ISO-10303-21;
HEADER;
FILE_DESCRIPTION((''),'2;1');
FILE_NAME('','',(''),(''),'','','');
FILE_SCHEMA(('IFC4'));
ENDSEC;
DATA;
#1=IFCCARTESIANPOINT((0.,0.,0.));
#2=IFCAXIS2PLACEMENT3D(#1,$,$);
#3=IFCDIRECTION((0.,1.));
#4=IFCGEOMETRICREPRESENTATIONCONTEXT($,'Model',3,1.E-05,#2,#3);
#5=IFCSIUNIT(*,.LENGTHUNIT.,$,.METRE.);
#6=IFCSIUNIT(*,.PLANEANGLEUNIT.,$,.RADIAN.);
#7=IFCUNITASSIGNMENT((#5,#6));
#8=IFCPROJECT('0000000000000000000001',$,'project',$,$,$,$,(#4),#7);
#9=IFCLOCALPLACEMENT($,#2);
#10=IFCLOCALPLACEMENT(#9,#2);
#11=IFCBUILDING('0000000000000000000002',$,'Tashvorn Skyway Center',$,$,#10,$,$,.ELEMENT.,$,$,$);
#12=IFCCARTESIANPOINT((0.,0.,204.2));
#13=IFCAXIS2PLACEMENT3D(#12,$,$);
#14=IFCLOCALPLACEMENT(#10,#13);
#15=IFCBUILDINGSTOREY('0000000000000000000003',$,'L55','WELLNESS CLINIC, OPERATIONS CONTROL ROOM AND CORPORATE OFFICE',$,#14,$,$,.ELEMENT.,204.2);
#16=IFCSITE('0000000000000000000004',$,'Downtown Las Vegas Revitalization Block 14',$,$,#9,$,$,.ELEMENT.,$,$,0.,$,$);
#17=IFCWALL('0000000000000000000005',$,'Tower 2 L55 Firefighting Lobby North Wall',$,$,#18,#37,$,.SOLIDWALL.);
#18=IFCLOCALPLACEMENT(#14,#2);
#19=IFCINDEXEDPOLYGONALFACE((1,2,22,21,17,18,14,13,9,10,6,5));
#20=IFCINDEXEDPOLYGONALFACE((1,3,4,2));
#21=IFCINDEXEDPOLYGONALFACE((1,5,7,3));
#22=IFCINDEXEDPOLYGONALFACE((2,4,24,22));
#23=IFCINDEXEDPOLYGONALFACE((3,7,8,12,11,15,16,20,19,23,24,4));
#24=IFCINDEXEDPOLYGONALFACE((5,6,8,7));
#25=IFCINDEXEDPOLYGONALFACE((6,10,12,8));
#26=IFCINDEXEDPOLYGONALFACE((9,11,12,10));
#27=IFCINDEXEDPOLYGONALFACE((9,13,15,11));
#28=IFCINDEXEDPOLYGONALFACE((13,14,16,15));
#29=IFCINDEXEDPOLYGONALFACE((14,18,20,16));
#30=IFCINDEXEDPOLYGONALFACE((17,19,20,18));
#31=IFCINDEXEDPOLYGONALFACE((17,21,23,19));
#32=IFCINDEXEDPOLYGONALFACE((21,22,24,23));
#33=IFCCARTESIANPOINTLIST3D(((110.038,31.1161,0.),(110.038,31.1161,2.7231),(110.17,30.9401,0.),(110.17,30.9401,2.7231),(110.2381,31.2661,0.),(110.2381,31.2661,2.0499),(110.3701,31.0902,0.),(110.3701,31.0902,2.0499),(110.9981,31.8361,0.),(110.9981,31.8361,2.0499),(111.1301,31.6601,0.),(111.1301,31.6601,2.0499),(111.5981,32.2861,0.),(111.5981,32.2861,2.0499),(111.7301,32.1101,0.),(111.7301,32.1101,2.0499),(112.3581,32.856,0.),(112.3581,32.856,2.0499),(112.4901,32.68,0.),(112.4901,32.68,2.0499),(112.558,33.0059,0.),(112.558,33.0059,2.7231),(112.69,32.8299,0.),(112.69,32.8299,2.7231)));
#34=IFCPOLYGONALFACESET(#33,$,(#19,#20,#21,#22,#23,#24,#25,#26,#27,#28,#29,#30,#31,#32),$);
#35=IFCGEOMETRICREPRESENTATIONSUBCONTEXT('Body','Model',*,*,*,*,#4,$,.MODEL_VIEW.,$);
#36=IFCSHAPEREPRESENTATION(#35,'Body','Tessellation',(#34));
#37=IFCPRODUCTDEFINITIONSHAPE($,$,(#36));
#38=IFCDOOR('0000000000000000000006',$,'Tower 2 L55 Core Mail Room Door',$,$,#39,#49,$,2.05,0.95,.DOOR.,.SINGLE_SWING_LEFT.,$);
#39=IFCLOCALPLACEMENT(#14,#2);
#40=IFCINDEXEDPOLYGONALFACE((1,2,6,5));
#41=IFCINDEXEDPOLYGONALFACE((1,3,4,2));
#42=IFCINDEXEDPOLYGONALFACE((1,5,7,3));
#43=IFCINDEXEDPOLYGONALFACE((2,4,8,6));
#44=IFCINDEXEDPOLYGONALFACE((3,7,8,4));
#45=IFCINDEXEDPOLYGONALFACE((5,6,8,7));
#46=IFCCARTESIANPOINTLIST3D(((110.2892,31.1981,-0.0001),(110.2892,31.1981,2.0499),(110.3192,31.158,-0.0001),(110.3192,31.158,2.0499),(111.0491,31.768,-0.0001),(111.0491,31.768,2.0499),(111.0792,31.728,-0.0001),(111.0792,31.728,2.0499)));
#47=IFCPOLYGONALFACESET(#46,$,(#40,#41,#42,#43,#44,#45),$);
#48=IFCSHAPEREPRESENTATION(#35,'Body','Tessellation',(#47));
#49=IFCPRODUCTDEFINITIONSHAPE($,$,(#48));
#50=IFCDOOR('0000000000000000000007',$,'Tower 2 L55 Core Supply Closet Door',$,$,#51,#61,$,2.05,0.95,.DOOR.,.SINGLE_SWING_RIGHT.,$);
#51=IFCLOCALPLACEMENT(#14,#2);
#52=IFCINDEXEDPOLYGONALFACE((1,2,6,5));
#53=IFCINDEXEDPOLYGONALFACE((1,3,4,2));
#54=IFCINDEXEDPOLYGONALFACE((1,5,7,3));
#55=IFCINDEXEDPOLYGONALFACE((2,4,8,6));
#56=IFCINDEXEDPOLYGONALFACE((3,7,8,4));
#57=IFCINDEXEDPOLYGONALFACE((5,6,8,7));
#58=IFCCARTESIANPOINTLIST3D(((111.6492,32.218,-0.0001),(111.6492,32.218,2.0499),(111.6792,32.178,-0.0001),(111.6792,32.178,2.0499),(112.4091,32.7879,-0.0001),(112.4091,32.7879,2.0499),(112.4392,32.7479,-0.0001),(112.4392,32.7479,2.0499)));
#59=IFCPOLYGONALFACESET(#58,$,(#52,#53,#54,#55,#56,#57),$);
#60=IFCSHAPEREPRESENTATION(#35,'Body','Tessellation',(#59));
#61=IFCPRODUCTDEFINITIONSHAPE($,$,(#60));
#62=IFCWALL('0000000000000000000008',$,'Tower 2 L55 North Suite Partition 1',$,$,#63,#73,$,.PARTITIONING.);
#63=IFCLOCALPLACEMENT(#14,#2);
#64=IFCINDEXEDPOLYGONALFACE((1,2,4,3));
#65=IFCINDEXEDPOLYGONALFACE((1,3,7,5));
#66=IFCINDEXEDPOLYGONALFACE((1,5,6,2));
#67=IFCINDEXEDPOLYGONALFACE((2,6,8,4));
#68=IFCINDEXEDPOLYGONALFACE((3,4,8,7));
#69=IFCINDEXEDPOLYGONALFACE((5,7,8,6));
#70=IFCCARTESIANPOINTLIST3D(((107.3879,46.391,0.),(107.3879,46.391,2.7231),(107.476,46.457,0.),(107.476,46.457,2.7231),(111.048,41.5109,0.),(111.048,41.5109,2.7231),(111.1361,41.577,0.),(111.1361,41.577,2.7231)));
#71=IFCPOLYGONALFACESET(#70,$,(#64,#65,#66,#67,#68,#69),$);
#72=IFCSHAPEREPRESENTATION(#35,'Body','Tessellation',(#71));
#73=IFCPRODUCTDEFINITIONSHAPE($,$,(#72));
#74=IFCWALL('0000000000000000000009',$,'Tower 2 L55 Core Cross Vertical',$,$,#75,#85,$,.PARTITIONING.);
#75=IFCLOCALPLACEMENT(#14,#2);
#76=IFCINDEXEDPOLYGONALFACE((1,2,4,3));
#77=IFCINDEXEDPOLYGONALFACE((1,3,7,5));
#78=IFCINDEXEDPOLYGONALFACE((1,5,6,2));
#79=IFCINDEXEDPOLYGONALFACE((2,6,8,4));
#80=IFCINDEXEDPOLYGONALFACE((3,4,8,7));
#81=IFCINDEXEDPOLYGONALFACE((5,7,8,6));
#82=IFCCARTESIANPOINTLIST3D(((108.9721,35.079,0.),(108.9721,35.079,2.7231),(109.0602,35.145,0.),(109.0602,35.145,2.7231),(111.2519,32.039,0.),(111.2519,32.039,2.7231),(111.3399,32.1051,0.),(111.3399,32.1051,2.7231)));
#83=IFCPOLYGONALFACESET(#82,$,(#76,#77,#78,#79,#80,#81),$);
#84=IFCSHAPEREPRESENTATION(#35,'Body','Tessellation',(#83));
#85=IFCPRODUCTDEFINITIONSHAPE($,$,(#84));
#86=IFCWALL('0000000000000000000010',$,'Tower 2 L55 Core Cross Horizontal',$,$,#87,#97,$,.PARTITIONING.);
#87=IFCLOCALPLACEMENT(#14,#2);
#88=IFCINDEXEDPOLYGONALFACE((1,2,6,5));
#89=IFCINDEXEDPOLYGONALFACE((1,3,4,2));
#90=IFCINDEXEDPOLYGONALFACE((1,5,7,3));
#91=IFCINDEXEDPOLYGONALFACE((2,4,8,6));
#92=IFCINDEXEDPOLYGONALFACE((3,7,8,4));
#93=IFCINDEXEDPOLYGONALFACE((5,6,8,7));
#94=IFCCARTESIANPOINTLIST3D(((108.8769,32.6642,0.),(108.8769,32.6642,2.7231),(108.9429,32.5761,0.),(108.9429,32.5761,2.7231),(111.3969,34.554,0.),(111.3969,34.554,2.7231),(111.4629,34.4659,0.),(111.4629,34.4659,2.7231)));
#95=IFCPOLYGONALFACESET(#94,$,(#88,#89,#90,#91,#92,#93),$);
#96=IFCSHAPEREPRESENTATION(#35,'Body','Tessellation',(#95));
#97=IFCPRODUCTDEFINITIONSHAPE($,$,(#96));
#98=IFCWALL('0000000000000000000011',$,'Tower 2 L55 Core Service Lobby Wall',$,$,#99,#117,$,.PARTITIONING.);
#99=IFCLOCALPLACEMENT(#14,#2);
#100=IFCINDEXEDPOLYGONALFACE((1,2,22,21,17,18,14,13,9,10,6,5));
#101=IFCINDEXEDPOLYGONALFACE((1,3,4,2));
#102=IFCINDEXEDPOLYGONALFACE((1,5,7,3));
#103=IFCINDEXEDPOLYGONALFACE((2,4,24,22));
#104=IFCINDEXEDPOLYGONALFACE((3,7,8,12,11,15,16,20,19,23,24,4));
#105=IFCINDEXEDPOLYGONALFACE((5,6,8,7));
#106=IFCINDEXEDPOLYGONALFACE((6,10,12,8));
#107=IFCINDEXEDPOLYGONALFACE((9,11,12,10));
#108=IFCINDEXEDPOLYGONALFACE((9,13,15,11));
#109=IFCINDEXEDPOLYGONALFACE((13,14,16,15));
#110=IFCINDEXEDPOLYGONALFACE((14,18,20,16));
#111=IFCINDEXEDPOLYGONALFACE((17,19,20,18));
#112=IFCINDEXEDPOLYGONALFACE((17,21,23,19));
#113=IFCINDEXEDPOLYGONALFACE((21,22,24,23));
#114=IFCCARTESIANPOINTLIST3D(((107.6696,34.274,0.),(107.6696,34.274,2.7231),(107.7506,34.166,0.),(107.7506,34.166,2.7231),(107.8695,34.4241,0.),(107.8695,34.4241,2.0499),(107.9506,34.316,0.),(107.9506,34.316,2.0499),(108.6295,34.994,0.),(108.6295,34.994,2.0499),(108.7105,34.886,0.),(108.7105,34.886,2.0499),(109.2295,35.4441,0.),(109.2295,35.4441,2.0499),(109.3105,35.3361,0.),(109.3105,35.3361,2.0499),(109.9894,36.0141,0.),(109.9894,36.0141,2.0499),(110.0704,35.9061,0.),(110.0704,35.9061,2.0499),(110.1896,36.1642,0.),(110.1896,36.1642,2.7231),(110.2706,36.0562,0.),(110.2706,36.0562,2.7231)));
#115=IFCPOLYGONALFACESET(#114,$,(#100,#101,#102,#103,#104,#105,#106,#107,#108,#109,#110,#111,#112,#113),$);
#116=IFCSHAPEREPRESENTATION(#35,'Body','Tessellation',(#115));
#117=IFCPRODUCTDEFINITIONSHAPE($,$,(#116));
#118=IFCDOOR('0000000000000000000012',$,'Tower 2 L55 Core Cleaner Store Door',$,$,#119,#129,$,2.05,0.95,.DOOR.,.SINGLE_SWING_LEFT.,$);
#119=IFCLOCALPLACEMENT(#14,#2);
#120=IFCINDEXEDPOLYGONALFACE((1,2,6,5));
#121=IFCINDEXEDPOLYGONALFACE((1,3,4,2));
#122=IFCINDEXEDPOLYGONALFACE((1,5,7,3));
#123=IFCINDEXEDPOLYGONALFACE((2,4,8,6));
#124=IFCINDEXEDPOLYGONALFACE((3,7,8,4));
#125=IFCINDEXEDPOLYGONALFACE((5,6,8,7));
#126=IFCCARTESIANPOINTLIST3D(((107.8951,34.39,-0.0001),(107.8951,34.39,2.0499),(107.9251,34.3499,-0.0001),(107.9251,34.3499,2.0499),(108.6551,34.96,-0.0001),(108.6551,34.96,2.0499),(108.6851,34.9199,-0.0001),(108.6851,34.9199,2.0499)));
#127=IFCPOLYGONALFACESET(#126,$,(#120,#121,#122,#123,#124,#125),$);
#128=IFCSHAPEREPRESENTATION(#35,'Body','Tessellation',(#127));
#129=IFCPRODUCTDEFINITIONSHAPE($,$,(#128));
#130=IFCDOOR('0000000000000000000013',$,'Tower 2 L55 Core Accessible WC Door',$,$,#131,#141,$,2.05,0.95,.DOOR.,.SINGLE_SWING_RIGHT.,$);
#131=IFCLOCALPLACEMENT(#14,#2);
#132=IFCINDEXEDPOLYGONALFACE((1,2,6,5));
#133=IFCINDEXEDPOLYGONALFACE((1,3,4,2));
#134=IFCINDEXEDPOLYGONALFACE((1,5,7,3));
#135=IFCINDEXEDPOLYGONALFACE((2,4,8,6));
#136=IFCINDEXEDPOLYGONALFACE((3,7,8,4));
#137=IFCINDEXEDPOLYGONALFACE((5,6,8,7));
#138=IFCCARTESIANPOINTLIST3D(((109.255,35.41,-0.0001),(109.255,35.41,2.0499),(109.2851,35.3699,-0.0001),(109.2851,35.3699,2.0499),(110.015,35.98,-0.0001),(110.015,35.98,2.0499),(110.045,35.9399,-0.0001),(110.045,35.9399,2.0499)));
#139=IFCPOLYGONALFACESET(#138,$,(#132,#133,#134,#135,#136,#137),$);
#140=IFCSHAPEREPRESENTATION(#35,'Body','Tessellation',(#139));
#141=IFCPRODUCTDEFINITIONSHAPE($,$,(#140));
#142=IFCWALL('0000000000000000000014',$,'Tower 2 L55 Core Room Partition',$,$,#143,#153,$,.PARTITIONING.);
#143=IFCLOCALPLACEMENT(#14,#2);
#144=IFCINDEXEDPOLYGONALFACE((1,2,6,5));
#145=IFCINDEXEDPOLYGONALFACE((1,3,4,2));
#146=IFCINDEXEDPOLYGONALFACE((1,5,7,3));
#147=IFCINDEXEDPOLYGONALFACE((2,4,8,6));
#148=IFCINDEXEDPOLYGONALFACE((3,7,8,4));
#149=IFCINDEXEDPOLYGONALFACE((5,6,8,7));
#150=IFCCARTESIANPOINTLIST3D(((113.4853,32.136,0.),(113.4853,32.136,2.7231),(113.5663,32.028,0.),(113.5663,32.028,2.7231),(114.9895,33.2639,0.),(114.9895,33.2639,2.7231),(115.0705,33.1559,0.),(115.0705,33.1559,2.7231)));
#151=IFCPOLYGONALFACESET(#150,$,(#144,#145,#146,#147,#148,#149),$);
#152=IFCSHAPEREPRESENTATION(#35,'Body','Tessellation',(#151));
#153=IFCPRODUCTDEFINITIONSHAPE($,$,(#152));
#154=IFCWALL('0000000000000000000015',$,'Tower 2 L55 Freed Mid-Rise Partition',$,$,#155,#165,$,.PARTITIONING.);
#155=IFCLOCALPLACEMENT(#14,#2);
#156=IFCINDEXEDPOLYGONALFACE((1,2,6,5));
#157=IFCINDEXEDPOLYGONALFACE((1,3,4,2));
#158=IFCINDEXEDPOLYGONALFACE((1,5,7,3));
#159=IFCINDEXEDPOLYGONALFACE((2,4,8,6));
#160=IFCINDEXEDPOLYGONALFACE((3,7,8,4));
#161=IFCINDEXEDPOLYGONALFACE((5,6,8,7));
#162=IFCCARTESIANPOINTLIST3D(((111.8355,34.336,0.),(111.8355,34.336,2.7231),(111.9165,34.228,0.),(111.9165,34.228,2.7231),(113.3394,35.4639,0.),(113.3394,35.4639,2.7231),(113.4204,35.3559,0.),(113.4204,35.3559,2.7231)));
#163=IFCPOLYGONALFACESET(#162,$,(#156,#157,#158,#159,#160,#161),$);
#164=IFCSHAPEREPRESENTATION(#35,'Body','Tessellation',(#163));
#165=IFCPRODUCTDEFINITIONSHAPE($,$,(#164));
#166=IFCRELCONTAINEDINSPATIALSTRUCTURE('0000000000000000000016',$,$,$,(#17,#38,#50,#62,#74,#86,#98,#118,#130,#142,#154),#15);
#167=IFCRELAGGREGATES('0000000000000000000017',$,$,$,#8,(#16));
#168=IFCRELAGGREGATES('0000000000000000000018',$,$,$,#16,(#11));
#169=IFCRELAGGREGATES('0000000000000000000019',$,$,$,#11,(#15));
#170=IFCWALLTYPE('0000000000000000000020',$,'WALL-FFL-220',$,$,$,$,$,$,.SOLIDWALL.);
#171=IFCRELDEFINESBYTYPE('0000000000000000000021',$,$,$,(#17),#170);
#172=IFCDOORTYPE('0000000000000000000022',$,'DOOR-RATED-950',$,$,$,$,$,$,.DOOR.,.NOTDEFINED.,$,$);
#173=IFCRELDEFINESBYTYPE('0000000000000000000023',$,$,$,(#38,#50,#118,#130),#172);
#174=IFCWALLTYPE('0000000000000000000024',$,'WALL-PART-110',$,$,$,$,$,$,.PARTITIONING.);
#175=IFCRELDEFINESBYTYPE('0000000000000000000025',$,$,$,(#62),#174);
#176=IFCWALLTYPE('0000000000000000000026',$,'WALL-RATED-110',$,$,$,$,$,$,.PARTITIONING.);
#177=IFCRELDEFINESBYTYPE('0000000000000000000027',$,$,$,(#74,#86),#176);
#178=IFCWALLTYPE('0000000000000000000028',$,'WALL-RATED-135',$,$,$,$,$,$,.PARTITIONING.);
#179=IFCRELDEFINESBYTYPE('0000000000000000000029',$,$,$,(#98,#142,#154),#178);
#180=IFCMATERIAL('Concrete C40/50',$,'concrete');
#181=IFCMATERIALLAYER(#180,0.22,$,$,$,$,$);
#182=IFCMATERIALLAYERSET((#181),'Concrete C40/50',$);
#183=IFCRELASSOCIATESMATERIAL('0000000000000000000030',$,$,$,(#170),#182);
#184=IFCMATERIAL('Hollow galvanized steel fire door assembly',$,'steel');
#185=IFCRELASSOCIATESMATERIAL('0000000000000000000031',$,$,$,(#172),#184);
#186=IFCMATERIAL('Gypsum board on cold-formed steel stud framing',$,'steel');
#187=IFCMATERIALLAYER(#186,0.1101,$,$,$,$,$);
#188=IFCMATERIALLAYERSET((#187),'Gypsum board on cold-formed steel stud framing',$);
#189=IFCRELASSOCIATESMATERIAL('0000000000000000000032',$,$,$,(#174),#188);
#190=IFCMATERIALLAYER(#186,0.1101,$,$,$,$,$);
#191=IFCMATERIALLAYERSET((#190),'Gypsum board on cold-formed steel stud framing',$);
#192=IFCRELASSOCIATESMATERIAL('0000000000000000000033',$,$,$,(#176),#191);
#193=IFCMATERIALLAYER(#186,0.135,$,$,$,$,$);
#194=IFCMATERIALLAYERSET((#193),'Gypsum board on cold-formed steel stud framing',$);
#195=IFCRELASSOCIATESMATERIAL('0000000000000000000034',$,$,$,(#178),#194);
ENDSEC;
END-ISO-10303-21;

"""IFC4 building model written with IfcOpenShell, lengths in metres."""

from ifc_helpers import new_model, si_unit, direction, frame, frame_2d, origin, place, context, subcontext, project, spatial, rectangle, extrude, material, layer, layer_set, type_object, element, fill, save


model = new_model("IFC4")

# Units and contexts
model_context = context("Model", 3, precision=1e-05, world=origin(), true_north=direction((0.0, 1.0)))
body_context = subcontext(model_context, "Body", "Model", "MODEL_VIEW")
ifc_project = project(units=[si_unit("LENGTHUNIT", "METRE"), si_unit("PLANEANGLEUNIT", "RADIAN")], contexts=[model_context])

# Site, building, storey
site_placement = place(None, origin())
site = spatial("IfcSite", under=ifc_project, at=site_placement, Name="Downtown Las Vegas Revitalization Block 14", CompositionType="ELEMENT", RefElevation=0.0)
building_placement = place(site_placement, origin())
building = spatial("IfcBuilding", under=site, at=building_placement, Name="Tashvorn Skyway Center", CompositionType="ELEMENT")
storey_placement = place(building_placement, frame((0.0, 0.0, 204.2)))
storey = spatial("IfcBuildingStorey", under=building, at=storey_placement, Name="L55", Description="WELLNESS CLINIC, OPERATIONS CONTROL ROOM AND CORPORATE OFFICE", CompositionType="ELEMENT", Elevation=204.2)

# Wall, openings, doors
ifc_material_1 = material(Name="Concrete C40/50", Category="concrete")
ifc_layer_1 = layer(ifc_material_1, 0.22)
ifc_layer_set_1 = layer_set([ifc_layer_1], Name="Concrete C40/50")
wall_type_1 = type_object("IfcWallType", Name="WALL-FFL-220", PredefinedType="SOLIDWALL", material=ifc_layer_set_1)
wall_1_placement = place(storey_placement, frame((110.104, 31.0281, 0.0), z_axis=(0.0, 0.0, 1.0), x_axis=(0.800019, 0.599975, 0.0)))
wall_1 = element("IfcWall", 1, at=wall_1_placement, inside=storey, type_object=wall_type_1, Name="Tower 2 L55 Firefighting Lobby North Wall", PredefinedType="SOLIDWALL", context=body_context, shape_type="SweptSolid", body=[
    extrude(rectangle(XDim=3.1499, YDim=0.22, at=frame_2d((1.575, 0.0))), origin(), (0.0, 0.0, 1.0), 2.7231),
])
opening_1_placement = place(wall_1_placement, frame((0.25, 0.0, 0.0)))
opening_1 = element("IfcOpeningElement", 2, at=opening_1_placement, cuts=wall_1, PredefinedType="OPENING", context=body_context, shape_type="SweptSolid", body=[
    extrude(rectangle(XDim=0.95, YDim=2.05, at=frame_2d((0.4751, 1.0249))), frame((0.0, 0.1199, 0.0), z_axis=(0.0, -1.0, 0.0), x_axis=(1.0, 0.0, 0.0)), (0.0, 0.0, 1.0), 0.24),
])
opening_2_placement = place(wall_1_placement, frame((1.95, 0.0, 0.0)))
opening_2 = element("IfcOpeningElement", 3, at=opening_2_placement, cuts=wall_1, PredefinedType="OPENING", context=body_context, shape_type="SweptSolid", body=[
    extrude(rectangle(XDim=0.95, YDim=2.05, at=frame_2d((0.4751, 1.0249))), frame((0.0, 0.1199, 0.0), z_axis=(0.0, -1.0, 0.0), x_axis=(1.0, 0.0, 0.0)), (0.0, 0.0, 1.0), 0.24),
])
ifc_material_2 = material(Name="Hollow galvanized steel fire door assembly", Category="steel")
door_type_1 = type_object("IfcDoorType", Name="DOOR-RATED-950", OperationType="NOTDEFINED", PredefinedType="DOOR", material=ifc_material_2)
door_1_placement = place(opening_1_placement, origin())
door_1 = element("IfcDoor", 4, at=door_1_placement, inside=storey, type_object=door_type_1, Name="Tower 2 L55 Core Mail Room Door", OperationType="SINGLE_SWING_LEFT", OverallHeight=2.05, OverallWidth=0.95, PredefinedType="DOOR", context=body_context, shape_type="SweptSolid", body=[
    extrude(rectangle(XDim=0.95, YDim=2.05, at=frame_2d((0.4751, 1.0249))), frame((0.0, 0.0249, 0.0), z_axis=(0.0, -1.0, 0.0), x_axis=(1.0, 0.0, 0.0)), (0.0, 0.0, 1.0), 0.05),
])
fill(opening_1, door_1)
door_2_placement = place(opening_2_placement, origin())
door_2 = element("IfcDoor", 5, at=door_2_placement, inside=storey, type_object=door_type_1, Name="Tower 2 L55 Core Supply Closet Door", OperationType="SINGLE_SWING_RIGHT", OverallHeight=2.05, OverallWidth=0.95, PredefinedType="DOOR", context=body_context, shape_type="SweptSolid", body=[
    extrude(rectangle(XDim=0.95, YDim=2.05, at=frame_2d((0.4751, 1.0249))), frame((0.0, 0.0249, 0.0), z_axis=(0.0, -1.0, 0.0), x_axis=(1.0, 0.0, 0.0)), (0.0, 0.0, 1.0), 0.05),
])
fill(opening_2, door_2)

# Walls
ifc_material_3 = material(Name="Gypsum board on cold-formed steel stud framing", Category="steel")
ifc_layer_2 = layer(ifc_material_3, 0.1101)
ifc_layer_set_2 = layer_set([ifc_layer_2], Name="Gypsum board on cold-formed steel stud framing")
wall_type_2 = type_object("IfcWallType", Name="WALL-PART-110", PredefinedType="PARTITIONING", material=ifc_layer_set_2)
wall_2_placement = place(storey_placement, frame((111.092, 41.5439, 0.0), z_axis=(0.0, 0.0, 1.0), x_axis=(-0.600006, 0.799995, 0.0)))
element("IfcWall", 6, at=wall_2_placement, inside=storey, type_object=wall_type_2, Name="Tower 2 L55 North Suite Partition 1", PredefinedType="PARTITIONING", context=body_context, shape_type="SweptSolid", body=[
    extrude(rectangle(XDim=6.1001, YDim=0.1101, at=frame_2d((3.05, 0.0))), origin(), (0.0, 0.0, 1.0), 2.7231),
])
ifc_layer_3 = layer(ifc_material_3, 0.1101)
ifc_layer_set_3 = layer_set([ifc_layer_3], Name="Gypsum board on cold-formed steel stud framing")
wall_type_3 = type_object("IfcWallType", Name="WALL-RATED-110", PredefinedType="PARTITIONING", material=ifc_layer_set_3)
wall_3_placement = place(storey_placement, frame((111.2959, 32.072, 0.0), z_axis=(0.0, 0.0, 1.0), x_axis=(-0.599959, 0.800031, 0.0)))
element("IfcWall", 7, at=wall_3_placement, inside=storey, type_object=wall_type_3, Name="Tower 2 L55 Core Cross Vertical", PredefinedType="PARTITIONING", context=body_context, shape_type="SweptSolid", body=[
    extrude(rectangle(XDim=3.7998, YDim=0.1101, at=frame_2d((1.8999, 0.0))), origin(), (0.0, 0.0, 1.0), 2.7231),
])
wall_4_placement = place(storey_placement, frame((108.9099, 32.6201, 0.0), z_axis=(0.0, 0.0, 1.0), x_axis=(0.800019, 0.599975, 0.0)))
element("IfcWall", 8, at=wall_4_placement, inside=storey, type_object=wall_type_3, Name="Tower 2 L55 Core Cross Horizontal", PredefinedType="PARTITIONING", context=body_context, shape_type="SweptSolid", body=[
    extrude(rectangle(XDim=3.1499, YDim=0.1101, at=frame_2d((1.575, 0.0))), origin(), (0.0, 0.0, 1.0), 2.7231),
])

# Wall, openings, doors
ifc_layer_4 = layer(ifc_material_3, 0.135)
ifc_layer_set_4 = layer_set([ifc_layer_4], Name="Gypsum board on cold-formed steel stud framing")
wall_type_4 = type_object("IfcWallType", Name="WALL-RATED-135", PredefinedType="PARTITIONING", material=ifc_layer_set_4)
wall_5_placement = place(storey_placement, frame((107.71, 34.22, 0.0), z_axis=(0.0, 0.0, 1.0), x_axis=(0.799981, 0.600025, 0.0)))
wall_5 = element("IfcWall", 9, at=wall_5_placement, inside=storey, type_object=wall_type_4, Name="Tower 2 L55 Core Service Lobby Wall", PredefinedType="PARTITIONING", context=body_context, shape_type="SweptSolid", body=[
    extrude(rectangle(XDim=3.1501, YDim=0.135, at=frame_2d((1.5752, 0.0))), origin(), (0.0, 0.0, 1.0), 2.7231),
])
opening_3_placement = place(wall_5_placement, frame((0.25, 0.0, 0.0)))
opening_3 = element("IfcOpeningElement", 10, at=opening_3_placement, cuts=wall_5, PredefinedType="OPENING", context=body_context, shape_type="SweptSolid", body=[
    extrude(rectangle(XDim=0.95, YDim=2.05, at=frame_2d((0.4751, 1.0249))), frame((0.0, 0.0774, 0.0), z_axis=(0.0, -1.0, 0.0), x_axis=(1.0, 0.0, 0.0)), (0.0, 0.0, 1.0), 0.155),
])
opening_4_placement = place(wall_5_placement, frame((1.95, 0.0, 0.0)))
opening_4 = element("IfcOpeningElement", 11, at=opening_4_placement, cuts=wall_5, PredefinedType="OPENING", context=body_context, shape_type="SweptSolid", body=[
    extrude(rectangle(XDim=0.95, YDim=2.05, at=frame_2d((0.4751, 1.0249))), frame((0.0, 0.0774, 0.0), z_axis=(0.0, -1.0, 0.0), x_axis=(1.0, 0.0, 0.0)), (0.0, 0.0, 1.0), 0.155),
])
door_3_placement = place(opening_3_placement, origin())
door_3 = element("IfcDoor", 12, at=door_3_placement, inside=storey, type_object=door_type_1, Name="Tower 2 L55 Core Cleaner Store Door", OperationType="SINGLE_SWING_LEFT", OverallHeight=2.05, OverallWidth=0.95, PredefinedType="DOOR", context=body_context, shape_type="SweptSolid", body=[
    extrude(rectangle(XDim=0.95, YDim=2.05, at=frame_2d((0.4751, 1.0249))), frame((0.0, 0.0249, 0.0), z_axis=(0.0, -1.0, 0.0), x_axis=(1.0, 0.0, 0.0)), (0.0, 0.0, 1.0), 0.05),
])
fill(opening_3, door_3)
door_4_placement = place(opening_4_placement, origin())
door_4 = element("IfcDoor", 13, at=door_4_placement, inside=storey, type_object=door_type_1, Name="Tower 2 L55 Core Accessible WC Door", OperationType="SINGLE_SWING_RIGHT", OverallHeight=2.05, OverallWidth=0.95, PredefinedType="DOOR", context=body_context, shape_type="SweptSolid", body=[
    extrude(rectangle(XDim=0.95, YDim=2.05, at=frame_2d((0.4751, 1.0249))), frame((0.0, 0.0249, 0.0), z_axis=(0.0, -1.0, 0.0), x_axis=(1.0, 0.0, 0.0)), (0.0, 0.0, 1.0), 0.05),
])
fill(opening_4, door_4)

# Walls
wall_6_placement = place(storey_placement, frame((113.5259, 32.082, 0.0), z_axis=(0.0, 0.0, 1.0), x_axis=(0.800047, 0.599938, 0.0)))
element("IfcWall", 14, at=wall_6_placement, inside=storey, type_object=wall_type_4, Name="Tower 2 L55 Core Room Partition", PredefinedType="PARTITIONING", context=body_context, shape_type="SweptSolid", body=[
    extrude(rectangle(XDim=1.8801, YDim=0.135, at=frame_2d((0.9399, 0.0))), origin(), (0.0, 0.0, 1.0), 2.7231),
])
wall_7_placement = place(storey_placement, frame((111.876, 34.282, 0.0), z_axis=(0.0, 0.0, 1.0), x_axis=(0.8, 0.6, 0.0)))
element("IfcWall", 15, at=wall_7_placement, inside=storey, type_object=wall_type_4, Name="Tower 2 L55 Freed Mid-Rise Partition", PredefinedType="PARTITIONING", context=body_context, shape_type="SweptSolid", body=[
    extrude(rectangle(XDim=1.8799, YDim=0.135, at=frame_2d((0.9399, 0.0))), origin(), (0.0, 0.0, 1.0), 2.7231),
])

save(model, "model.ifc")
